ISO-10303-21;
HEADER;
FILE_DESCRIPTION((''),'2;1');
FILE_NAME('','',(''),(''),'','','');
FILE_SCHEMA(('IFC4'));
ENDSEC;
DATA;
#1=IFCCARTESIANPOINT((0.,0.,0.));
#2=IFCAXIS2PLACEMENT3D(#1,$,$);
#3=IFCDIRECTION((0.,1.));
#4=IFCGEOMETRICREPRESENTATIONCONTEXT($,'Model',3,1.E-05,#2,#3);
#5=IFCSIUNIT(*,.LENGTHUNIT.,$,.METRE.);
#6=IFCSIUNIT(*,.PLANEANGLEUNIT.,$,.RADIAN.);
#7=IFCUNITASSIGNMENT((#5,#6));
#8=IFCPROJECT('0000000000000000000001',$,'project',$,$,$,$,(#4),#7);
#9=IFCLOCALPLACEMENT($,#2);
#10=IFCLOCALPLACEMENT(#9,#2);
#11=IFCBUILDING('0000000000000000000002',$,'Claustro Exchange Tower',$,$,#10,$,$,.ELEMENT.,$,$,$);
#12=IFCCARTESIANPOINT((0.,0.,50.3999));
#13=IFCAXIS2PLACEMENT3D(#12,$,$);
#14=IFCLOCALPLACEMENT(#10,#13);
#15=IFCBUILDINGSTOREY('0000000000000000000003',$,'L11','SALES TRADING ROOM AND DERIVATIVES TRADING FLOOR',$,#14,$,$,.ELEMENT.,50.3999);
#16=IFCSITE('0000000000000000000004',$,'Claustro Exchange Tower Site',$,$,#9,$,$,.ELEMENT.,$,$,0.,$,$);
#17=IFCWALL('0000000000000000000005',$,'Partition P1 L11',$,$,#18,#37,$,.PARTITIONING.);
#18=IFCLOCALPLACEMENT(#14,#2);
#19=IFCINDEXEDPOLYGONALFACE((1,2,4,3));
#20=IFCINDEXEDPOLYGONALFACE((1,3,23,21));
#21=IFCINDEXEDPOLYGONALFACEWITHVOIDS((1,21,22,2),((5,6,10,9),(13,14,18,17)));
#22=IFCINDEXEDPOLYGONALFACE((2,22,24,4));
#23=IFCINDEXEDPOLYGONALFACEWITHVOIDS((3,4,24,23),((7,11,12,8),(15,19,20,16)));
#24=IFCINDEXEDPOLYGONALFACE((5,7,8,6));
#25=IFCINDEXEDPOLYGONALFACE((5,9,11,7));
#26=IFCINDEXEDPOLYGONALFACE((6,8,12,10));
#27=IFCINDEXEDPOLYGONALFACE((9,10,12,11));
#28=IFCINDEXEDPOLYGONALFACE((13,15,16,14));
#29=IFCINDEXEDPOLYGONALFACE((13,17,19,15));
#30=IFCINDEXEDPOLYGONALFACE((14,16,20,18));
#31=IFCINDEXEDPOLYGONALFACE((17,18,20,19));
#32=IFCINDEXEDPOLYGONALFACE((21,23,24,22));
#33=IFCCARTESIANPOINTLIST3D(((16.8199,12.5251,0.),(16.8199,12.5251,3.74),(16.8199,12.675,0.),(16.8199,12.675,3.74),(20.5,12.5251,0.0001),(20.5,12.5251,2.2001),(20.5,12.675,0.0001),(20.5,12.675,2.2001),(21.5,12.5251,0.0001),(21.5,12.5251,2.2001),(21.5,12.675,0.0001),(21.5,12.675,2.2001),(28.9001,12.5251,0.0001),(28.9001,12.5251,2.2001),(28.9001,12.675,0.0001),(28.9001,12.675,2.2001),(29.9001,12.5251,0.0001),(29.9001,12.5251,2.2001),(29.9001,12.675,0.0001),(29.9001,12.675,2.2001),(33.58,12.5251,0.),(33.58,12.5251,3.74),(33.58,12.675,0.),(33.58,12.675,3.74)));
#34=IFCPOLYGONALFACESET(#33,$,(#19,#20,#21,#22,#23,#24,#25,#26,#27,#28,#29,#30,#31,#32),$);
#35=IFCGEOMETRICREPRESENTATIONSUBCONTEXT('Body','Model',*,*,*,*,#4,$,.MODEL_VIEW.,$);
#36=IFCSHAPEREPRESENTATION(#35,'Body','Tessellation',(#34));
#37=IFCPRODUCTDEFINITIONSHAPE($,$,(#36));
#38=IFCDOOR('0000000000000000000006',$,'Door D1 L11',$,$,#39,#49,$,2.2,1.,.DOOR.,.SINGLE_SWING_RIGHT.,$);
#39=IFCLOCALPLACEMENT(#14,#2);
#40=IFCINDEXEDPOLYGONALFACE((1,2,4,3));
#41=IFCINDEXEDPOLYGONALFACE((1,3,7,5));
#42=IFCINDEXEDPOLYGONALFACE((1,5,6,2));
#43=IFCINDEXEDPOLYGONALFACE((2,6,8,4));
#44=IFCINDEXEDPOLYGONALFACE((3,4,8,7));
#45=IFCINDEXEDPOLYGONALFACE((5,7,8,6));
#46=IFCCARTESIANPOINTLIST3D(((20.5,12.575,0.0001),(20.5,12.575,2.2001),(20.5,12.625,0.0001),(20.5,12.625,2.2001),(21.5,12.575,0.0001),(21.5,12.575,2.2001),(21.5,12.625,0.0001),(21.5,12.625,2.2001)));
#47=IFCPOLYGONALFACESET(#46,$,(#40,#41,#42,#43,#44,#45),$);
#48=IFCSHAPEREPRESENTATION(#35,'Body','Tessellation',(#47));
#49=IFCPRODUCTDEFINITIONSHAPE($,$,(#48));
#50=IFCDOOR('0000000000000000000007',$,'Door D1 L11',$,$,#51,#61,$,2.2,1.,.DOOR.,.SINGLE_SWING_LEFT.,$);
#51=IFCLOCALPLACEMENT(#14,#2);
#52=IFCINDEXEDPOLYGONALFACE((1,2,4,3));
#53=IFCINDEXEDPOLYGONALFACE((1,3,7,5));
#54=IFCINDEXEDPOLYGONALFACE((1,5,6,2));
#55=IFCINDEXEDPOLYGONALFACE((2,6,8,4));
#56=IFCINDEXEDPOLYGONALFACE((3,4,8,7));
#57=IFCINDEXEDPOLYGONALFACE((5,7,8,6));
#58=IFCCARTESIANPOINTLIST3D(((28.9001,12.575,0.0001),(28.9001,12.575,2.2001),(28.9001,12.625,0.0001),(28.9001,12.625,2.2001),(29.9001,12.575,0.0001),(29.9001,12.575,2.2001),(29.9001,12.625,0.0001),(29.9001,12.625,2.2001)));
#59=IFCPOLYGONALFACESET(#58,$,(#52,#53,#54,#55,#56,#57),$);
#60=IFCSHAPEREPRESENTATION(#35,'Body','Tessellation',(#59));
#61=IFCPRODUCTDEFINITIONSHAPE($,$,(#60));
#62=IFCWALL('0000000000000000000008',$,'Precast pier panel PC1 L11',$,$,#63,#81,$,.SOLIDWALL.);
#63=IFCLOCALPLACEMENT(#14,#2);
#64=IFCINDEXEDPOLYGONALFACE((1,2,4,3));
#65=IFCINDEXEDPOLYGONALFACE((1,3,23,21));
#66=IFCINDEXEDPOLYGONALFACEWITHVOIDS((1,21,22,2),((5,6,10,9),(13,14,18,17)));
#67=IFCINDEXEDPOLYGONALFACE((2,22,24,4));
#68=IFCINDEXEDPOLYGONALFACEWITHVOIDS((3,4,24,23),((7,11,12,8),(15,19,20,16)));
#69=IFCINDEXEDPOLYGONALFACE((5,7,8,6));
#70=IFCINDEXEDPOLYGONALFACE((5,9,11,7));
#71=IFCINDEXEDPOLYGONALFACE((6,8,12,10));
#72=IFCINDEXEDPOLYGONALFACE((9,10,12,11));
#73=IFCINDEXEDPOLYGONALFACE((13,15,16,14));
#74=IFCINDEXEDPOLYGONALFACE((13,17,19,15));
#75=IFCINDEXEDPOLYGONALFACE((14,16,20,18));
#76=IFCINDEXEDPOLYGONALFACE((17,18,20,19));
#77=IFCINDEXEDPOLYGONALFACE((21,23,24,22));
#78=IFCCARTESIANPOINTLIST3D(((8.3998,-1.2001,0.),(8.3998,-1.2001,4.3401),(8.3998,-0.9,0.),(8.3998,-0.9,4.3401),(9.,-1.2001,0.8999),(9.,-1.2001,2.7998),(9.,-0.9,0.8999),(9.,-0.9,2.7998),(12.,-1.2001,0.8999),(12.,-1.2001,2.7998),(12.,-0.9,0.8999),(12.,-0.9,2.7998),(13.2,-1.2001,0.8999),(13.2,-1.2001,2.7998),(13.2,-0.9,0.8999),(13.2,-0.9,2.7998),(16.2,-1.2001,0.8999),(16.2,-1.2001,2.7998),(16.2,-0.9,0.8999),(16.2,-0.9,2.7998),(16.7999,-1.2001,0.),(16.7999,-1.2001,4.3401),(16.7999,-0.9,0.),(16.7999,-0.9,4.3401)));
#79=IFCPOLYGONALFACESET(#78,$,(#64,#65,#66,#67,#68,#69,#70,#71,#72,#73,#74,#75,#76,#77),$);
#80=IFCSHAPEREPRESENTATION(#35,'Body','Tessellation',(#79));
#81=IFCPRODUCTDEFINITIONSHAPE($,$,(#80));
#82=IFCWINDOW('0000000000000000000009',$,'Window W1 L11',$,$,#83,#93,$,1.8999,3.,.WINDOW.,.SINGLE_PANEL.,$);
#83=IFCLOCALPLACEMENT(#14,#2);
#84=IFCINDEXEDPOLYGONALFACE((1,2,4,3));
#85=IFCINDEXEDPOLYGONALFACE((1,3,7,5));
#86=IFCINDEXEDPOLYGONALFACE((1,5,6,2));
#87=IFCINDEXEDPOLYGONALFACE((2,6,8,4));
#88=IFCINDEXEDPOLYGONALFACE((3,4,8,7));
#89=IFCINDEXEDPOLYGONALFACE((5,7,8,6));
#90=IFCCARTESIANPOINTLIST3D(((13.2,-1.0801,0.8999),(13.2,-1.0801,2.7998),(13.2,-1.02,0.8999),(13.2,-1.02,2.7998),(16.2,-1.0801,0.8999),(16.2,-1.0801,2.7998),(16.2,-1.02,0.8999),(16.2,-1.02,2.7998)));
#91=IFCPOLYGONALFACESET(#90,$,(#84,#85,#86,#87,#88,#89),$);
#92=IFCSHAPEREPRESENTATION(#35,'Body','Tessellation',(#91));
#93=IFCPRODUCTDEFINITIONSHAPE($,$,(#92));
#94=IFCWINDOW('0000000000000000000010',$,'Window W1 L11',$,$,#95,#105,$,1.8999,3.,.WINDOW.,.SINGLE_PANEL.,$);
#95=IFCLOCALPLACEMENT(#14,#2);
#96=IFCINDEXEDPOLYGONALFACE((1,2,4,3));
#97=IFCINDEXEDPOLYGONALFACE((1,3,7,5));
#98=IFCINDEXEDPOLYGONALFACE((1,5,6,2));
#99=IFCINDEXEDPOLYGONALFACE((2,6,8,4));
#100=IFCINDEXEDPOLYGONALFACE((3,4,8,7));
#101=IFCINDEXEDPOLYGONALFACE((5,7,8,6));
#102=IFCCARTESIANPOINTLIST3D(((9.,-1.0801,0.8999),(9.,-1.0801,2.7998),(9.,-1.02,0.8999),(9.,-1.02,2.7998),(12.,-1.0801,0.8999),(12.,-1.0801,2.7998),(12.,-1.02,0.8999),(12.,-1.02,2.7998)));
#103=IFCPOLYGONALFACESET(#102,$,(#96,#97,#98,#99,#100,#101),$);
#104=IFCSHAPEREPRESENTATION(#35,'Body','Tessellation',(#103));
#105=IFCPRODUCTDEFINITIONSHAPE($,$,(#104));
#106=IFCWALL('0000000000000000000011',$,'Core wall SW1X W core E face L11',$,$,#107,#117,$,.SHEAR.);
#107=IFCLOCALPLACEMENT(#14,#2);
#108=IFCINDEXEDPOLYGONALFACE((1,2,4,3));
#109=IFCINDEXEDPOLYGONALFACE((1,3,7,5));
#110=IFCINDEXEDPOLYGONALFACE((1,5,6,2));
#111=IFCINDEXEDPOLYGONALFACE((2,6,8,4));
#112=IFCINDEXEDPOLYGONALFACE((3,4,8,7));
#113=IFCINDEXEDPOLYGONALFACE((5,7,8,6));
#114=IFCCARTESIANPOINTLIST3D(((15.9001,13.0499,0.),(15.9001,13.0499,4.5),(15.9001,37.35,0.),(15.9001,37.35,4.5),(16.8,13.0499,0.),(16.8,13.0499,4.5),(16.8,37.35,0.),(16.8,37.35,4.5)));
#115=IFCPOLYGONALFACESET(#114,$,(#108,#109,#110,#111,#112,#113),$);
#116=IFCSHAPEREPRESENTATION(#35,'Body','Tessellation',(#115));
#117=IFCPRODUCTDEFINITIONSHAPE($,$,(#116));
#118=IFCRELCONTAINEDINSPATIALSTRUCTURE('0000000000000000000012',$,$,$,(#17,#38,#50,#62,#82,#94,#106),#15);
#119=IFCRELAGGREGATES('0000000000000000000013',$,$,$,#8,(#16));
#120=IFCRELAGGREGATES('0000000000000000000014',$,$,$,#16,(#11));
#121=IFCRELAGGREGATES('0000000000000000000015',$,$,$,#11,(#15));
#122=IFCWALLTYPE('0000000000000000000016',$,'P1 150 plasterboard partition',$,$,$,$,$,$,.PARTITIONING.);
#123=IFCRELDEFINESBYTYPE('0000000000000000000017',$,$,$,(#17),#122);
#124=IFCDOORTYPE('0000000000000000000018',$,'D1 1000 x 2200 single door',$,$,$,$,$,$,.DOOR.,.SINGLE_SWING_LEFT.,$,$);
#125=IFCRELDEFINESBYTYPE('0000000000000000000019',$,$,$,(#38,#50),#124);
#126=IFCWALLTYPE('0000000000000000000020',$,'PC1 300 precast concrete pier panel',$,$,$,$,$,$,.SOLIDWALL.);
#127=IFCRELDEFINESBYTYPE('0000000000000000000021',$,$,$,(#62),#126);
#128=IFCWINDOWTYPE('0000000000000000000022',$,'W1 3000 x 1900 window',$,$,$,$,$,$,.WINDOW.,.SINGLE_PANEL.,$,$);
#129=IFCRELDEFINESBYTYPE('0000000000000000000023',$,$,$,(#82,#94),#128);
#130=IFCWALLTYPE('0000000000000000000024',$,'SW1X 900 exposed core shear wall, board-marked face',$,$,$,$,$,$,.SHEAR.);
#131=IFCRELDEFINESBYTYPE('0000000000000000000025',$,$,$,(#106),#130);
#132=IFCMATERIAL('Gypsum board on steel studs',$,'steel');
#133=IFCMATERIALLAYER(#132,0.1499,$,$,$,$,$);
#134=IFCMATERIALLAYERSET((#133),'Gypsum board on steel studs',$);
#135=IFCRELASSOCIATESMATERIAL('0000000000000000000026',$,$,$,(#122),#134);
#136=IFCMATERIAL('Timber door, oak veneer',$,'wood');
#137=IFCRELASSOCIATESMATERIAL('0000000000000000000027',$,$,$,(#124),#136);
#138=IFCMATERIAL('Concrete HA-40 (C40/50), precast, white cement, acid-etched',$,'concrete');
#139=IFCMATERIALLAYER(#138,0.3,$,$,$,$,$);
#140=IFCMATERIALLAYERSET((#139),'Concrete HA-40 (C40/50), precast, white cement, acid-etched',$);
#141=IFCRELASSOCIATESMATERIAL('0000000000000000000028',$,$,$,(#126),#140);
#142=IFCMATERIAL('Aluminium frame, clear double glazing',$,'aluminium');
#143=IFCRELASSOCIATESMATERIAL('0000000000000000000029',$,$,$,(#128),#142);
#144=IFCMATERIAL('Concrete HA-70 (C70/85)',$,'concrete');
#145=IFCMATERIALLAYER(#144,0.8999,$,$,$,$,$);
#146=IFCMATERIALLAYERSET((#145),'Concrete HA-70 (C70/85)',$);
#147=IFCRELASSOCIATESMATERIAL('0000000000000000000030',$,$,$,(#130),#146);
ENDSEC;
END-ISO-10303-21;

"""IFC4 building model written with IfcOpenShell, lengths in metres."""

from ifc_helpers import new_model, si_unit, direction, frame, frame_2d, origin, place, context, subcontext, project, spatial, rectangle, extrude, material, layer, layer_set, type_object, element, fill, save


model = new_model("IFC4")

# Units and contexts
model_context = context("Model", 3, precision=1e-05, world=origin(), true_north=direction((0.0, 1.0)))
body_context = subcontext(model_context, "Body", "Model", "MODEL_VIEW")
ifc_project = project(units=[si_unit("LENGTHUNIT", "METRE"), si_unit("PLANEANGLEUNIT", "RADIAN")], contexts=[model_context])

# Site, building, storey
site_placement = place(None, origin())
site = spatial("IfcSite", under=ifc_project, at=site_placement, Name="Claustro Exchange Tower Site", CompositionType="ELEMENT", RefElevation=0.0)
building_placement = place(site_placement, origin())
building = spatial("IfcBuilding", under=site, at=building_placement, Name="Claustro Exchange Tower", CompositionType="ELEMENT")
storey_placement = place(building_placement, frame((0.0, 0.0, 50.3999)))
storey = spatial("IfcBuildingStorey", under=building, at=storey_placement, Name="L11", Description="SALES TRADING ROOM AND DERIVATIVES TRADING FLOOR", CompositionType="ELEMENT", Elevation=50.3999)

# Shared definitions
ifc_material_1 = material(Name="Gypsum board on steel studs", Category="steel")
ifc_layer_1 = layer(ifc_material_1, 0.1499)
ifc_layer_set_1 = layer_set([ifc_layer_1], Name="Gypsum board on steel studs")
wall_type_1 = type_object("IfcWallType", Name="P1 150 plasterboard partition", PredefinedType="PARTITIONING", material=ifc_layer_set_1)

# Wall, openings, doors
wall_1_placement = place(storey_placement, frame((16.8201, 12.6001, 0.0), z_axis=(0.0, 0.0, 1.0), x_axis=(1.0, 0.0, 0.0)))
wall_1 = element("IfcWall", 1, at=wall_1_placement, inside=storey, type_object=wall_type_1, Name="Partition P1 L11", PredefinedType="PARTITIONING", context=body_context, shape_type="SweptSolid", body=[
    extrude(rectangle(XDim=16.76, YDim=0.1499, at=frame_2d((8.3799, 0.0))), origin(), (0.0, 0.0, 1.0), 3.74),
])
opening_1_placement = place(wall_1_placement, frame((3.6799, 0.0, 0.0)))
opening_1 = element("IfcOpeningElement", 2, at=opening_1_placement, cuts=wall_1, PredefinedType="OPENING", context=body_context, shape_type="SweptSolid", body=[
    extrude(rectangle(XDim=1.0, YDim=2.2, at=frame_2d((0.5, 1.1001))), frame((0.0, 0.085, 0.0), z_axis=(0.0, -1.0, 0.0), x_axis=(1.0, 0.0, 0.0)), (0.0, 0.0, 1.0), 0.1699),
])
opening_2_placement = place(wall_1_placement, frame((12.0801, 0.0, 0.0)))
opening_2 = element("IfcOpeningElement", 3, at=opening_2_placement, cuts=wall_1, PredefinedType="OPENING", context=body_context, shape_type="SweptSolid", body=[
    extrude(rectangle(XDim=1.0, YDim=2.2, at=frame_2d((0.5, 1.1001))), frame((0.0, 0.085, 0.0), z_axis=(0.0, -1.0, 0.0), x_axis=(1.0, 0.0, 0.0)), (0.0, 0.0, 1.0), 0.1699),
])
ifc_material_2 = material(Name="Timber door, oak veneer", Category="wood")
door_type_1 = type_object("IfcDoorType", Name="D1 1000 x 2200 single door", OperationType="SINGLE_SWING_LEFT", PredefinedType="DOOR", material=ifc_material_2)
door_1_placement = place(opening_1_placement, origin())
door_1 = element("IfcDoor", 4, at=door_1_placement, inside=storey, type_object=door_type_1, Name="Door D1 L11", OperationType="SINGLE_SWING_RIGHT", OverallHeight=2.2, OverallWidth=1.0, PredefinedType="DOOR", context=body_context, shape_type="SweptSolid", body=[
    extrude(rectangle(XDim=1.0, YDim=2.2, at=frame_2d((0.5, 1.1001))), frame((0.0, 0.0249, 0.0), z_axis=(0.0, -1.0, 0.0), x_axis=(1.0, 0.0, 0.0)), (0.0, 0.0, 1.0), 0.05),
])
fill(opening_1, door_1)
door_2_placement = place(opening_2_placement, origin())
door_2 = element("IfcDoor", 5, at=door_2_placement, inside=storey, type_object=door_type_1, Name="Door D1 L11", OperationType="SINGLE_SWING_LEFT", OverallHeight=2.2, OverallWidth=1.0, PredefinedType="DOOR", context=body_context, shape_type="SweptSolid", body=[
    extrude(rectangle(XDim=1.0, YDim=2.2, at=frame_2d((0.5, 1.1001))), frame((0.0, 0.0249, 0.0), z_axis=(0.0, -1.0, 0.0), x_axis=(1.0, 0.0, 0.0)), (0.0, 0.0, 1.0), 0.05),
])
fill(opening_2, door_2)

# Wall, openings, windows
ifc_material_3 = material(Name="Concrete HA-40 (C40/50), precast, white cement, acid-etched", Category="concrete")
ifc_layer_2 = layer(ifc_material_3, 0.3)
ifc_layer_set_2 = layer_set([ifc_layer_2], Name="Concrete HA-40 (C40/50), precast, white cement, acid-etched")
wall_type_2 = type_object("IfcWallType", Name="PC1 300 precast concrete pier panel", PredefinedType="SOLIDWALL", material=ifc_layer_set_2)
wall_2_placement = place(storey_placement, frame((16.8, -1.05, 0.0), z_axis=(0.0, 0.0, 1.0), x_axis=(-1.0, 0.0, 0.0)))
wall_2 = element("IfcWall", 6, at=wall_2_placement, inside=storey, type_object=wall_type_2, Name="Precast pier panel PC1 L11", PredefinedType="SOLIDWALL", context=body_context, shape_type="SweptSolid", body=[
    extrude(rectangle(XDim=8.4001, YDim=0.3, at=frame_2d((4.2002, 0.0))), origin(), (0.0, 0.0, 1.0), 4.3401),
])
opening_3_placement = place(wall_2_placement, frame((0.6001, 0.0, 0.8999)))
opening_3 = element("IfcOpeningElement", 7, at=opening_3_placement, cuts=wall_2, PredefinedType="OPENING", context=body_context, shape_type="SweptSolid", body=[
    extrude(rectangle(XDim=3.0, YDim=1.8999, at=frame_2d((1.5, 0.95))), frame((0.0, 0.1599, 0.0), z_axis=(0.0, -1.0, 0.0), x_axis=(1.0, 0.0, 0.0)), (0.0, 0.0, 1.0), 0.3201),
])
opening_4_placement = place(wall_2_placement, frame((4.8, 0.0, 0.8999)))
opening_4 = element("IfcOpeningElement", 8, at=opening_4_placement, cuts=wall_2, PredefinedType="OPENING", context=body_context, shape_type="SweptSolid", body=[
    extrude(rectangle(XDim=3.0, YDim=1.8999, at=frame_2d((1.5, 0.95))), frame((0.0, 0.1599, 0.0), z_axis=(0.0, -1.0, 0.0), x_axis=(1.0, 0.0, 0.0)), (0.0, 0.0, 1.0), 0.3201),
])
ifc_material_4 = material(Name="Aluminium frame, clear double glazing", Category="aluminium")
window_type = type_object("IfcWindowType", Name="W1 3000 x 1900 window", PartitioningType="SINGLE_PANEL", PredefinedType="WINDOW", material=ifc_material_4)
window_1_placement = place(opening_3_placement, origin())
window_1 = element("IfcWindow", 9, at=window_1_placement, inside=storey, type_object=window_type, Name="Window W1 L11", OverallHeight=1.8999, OverallWidth=3.0, PartitioningType="SINGLE_PANEL", PredefinedType="WINDOW", context=body_context, shape_type="SweptSolid", body=[
    extrude(rectangle(XDim=3.0, YDim=1.8999, at=frame_2d((1.5, 0.95))), frame((0.0, 0.03, 0.0), z_axis=(0.0, -1.0, 0.0), x_axis=(1.0, 0.0, 0.0)), (0.0, 0.0, 1.0), 0.0601),
])
fill(opening_3, window_1)
window_2_placement = place(opening_4_placement, origin())
window_2 = element("IfcWindow", 10, at=window_2_placement, inside=storey, type_object=window_type, Name="Window W1 L11", OverallHeight=1.8999, OverallWidth=3.0, PartitioningType="SINGLE_PANEL", PredefinedType="WINDOW", context=body_context, shape_type="SweptSolid", body=[
    extrude(rectangle(XDim=3.0, YDim=1.8999, at=frame_2d((1.5, 0.95))), frame((0.0, 0.03, 0.0), z_axis=(0.0, -1.0, 0.0), x_axis=(1.0, 0.0, 0.0)), (0.0, 0.0, 1.0), 0.0601),
])
fill(opening_4, window_2)

# Wall
ifc_material_5 = material(Name="Concrete HA-70 (C70/85)", Category="concrete")
ifc_layer_3 = layer(ifc_material_5, 0.8999)
ifc_layer_set_3 = layer_set([ifc_layer_3], Name="Concrete HA-70 (C70/85)")
wall_type_3 = type_object("IfcWallType", Name="SW1X 900 exposed core shear wall, board-marked face", PredefinedType="SHEAR", material=ifc_layer_set_3)
wall_3_placement = place(storey_placement, frame((16.3501, 13.05, 0.0), z_axis=(0.0, 0.0, 1.0), x_axis=(0.0, 1.0, 0.0)))
element("IfcWall", 11, at=wall_3_placement, inside=storey, type_object=wall_type_3, Name="Core wall SW1X W core E face L11", PredefinedType="SHEAR", context=body_context, shape_type="SweptSolid", body=[
    extrude(rectangle(XDim=24.3, YDim=0.8999, at=frame_2d((12.1499, 0.0))), origin(), (0.0, 0.0, 1.0), 4.5),
])

save(model, "model.ifc")
